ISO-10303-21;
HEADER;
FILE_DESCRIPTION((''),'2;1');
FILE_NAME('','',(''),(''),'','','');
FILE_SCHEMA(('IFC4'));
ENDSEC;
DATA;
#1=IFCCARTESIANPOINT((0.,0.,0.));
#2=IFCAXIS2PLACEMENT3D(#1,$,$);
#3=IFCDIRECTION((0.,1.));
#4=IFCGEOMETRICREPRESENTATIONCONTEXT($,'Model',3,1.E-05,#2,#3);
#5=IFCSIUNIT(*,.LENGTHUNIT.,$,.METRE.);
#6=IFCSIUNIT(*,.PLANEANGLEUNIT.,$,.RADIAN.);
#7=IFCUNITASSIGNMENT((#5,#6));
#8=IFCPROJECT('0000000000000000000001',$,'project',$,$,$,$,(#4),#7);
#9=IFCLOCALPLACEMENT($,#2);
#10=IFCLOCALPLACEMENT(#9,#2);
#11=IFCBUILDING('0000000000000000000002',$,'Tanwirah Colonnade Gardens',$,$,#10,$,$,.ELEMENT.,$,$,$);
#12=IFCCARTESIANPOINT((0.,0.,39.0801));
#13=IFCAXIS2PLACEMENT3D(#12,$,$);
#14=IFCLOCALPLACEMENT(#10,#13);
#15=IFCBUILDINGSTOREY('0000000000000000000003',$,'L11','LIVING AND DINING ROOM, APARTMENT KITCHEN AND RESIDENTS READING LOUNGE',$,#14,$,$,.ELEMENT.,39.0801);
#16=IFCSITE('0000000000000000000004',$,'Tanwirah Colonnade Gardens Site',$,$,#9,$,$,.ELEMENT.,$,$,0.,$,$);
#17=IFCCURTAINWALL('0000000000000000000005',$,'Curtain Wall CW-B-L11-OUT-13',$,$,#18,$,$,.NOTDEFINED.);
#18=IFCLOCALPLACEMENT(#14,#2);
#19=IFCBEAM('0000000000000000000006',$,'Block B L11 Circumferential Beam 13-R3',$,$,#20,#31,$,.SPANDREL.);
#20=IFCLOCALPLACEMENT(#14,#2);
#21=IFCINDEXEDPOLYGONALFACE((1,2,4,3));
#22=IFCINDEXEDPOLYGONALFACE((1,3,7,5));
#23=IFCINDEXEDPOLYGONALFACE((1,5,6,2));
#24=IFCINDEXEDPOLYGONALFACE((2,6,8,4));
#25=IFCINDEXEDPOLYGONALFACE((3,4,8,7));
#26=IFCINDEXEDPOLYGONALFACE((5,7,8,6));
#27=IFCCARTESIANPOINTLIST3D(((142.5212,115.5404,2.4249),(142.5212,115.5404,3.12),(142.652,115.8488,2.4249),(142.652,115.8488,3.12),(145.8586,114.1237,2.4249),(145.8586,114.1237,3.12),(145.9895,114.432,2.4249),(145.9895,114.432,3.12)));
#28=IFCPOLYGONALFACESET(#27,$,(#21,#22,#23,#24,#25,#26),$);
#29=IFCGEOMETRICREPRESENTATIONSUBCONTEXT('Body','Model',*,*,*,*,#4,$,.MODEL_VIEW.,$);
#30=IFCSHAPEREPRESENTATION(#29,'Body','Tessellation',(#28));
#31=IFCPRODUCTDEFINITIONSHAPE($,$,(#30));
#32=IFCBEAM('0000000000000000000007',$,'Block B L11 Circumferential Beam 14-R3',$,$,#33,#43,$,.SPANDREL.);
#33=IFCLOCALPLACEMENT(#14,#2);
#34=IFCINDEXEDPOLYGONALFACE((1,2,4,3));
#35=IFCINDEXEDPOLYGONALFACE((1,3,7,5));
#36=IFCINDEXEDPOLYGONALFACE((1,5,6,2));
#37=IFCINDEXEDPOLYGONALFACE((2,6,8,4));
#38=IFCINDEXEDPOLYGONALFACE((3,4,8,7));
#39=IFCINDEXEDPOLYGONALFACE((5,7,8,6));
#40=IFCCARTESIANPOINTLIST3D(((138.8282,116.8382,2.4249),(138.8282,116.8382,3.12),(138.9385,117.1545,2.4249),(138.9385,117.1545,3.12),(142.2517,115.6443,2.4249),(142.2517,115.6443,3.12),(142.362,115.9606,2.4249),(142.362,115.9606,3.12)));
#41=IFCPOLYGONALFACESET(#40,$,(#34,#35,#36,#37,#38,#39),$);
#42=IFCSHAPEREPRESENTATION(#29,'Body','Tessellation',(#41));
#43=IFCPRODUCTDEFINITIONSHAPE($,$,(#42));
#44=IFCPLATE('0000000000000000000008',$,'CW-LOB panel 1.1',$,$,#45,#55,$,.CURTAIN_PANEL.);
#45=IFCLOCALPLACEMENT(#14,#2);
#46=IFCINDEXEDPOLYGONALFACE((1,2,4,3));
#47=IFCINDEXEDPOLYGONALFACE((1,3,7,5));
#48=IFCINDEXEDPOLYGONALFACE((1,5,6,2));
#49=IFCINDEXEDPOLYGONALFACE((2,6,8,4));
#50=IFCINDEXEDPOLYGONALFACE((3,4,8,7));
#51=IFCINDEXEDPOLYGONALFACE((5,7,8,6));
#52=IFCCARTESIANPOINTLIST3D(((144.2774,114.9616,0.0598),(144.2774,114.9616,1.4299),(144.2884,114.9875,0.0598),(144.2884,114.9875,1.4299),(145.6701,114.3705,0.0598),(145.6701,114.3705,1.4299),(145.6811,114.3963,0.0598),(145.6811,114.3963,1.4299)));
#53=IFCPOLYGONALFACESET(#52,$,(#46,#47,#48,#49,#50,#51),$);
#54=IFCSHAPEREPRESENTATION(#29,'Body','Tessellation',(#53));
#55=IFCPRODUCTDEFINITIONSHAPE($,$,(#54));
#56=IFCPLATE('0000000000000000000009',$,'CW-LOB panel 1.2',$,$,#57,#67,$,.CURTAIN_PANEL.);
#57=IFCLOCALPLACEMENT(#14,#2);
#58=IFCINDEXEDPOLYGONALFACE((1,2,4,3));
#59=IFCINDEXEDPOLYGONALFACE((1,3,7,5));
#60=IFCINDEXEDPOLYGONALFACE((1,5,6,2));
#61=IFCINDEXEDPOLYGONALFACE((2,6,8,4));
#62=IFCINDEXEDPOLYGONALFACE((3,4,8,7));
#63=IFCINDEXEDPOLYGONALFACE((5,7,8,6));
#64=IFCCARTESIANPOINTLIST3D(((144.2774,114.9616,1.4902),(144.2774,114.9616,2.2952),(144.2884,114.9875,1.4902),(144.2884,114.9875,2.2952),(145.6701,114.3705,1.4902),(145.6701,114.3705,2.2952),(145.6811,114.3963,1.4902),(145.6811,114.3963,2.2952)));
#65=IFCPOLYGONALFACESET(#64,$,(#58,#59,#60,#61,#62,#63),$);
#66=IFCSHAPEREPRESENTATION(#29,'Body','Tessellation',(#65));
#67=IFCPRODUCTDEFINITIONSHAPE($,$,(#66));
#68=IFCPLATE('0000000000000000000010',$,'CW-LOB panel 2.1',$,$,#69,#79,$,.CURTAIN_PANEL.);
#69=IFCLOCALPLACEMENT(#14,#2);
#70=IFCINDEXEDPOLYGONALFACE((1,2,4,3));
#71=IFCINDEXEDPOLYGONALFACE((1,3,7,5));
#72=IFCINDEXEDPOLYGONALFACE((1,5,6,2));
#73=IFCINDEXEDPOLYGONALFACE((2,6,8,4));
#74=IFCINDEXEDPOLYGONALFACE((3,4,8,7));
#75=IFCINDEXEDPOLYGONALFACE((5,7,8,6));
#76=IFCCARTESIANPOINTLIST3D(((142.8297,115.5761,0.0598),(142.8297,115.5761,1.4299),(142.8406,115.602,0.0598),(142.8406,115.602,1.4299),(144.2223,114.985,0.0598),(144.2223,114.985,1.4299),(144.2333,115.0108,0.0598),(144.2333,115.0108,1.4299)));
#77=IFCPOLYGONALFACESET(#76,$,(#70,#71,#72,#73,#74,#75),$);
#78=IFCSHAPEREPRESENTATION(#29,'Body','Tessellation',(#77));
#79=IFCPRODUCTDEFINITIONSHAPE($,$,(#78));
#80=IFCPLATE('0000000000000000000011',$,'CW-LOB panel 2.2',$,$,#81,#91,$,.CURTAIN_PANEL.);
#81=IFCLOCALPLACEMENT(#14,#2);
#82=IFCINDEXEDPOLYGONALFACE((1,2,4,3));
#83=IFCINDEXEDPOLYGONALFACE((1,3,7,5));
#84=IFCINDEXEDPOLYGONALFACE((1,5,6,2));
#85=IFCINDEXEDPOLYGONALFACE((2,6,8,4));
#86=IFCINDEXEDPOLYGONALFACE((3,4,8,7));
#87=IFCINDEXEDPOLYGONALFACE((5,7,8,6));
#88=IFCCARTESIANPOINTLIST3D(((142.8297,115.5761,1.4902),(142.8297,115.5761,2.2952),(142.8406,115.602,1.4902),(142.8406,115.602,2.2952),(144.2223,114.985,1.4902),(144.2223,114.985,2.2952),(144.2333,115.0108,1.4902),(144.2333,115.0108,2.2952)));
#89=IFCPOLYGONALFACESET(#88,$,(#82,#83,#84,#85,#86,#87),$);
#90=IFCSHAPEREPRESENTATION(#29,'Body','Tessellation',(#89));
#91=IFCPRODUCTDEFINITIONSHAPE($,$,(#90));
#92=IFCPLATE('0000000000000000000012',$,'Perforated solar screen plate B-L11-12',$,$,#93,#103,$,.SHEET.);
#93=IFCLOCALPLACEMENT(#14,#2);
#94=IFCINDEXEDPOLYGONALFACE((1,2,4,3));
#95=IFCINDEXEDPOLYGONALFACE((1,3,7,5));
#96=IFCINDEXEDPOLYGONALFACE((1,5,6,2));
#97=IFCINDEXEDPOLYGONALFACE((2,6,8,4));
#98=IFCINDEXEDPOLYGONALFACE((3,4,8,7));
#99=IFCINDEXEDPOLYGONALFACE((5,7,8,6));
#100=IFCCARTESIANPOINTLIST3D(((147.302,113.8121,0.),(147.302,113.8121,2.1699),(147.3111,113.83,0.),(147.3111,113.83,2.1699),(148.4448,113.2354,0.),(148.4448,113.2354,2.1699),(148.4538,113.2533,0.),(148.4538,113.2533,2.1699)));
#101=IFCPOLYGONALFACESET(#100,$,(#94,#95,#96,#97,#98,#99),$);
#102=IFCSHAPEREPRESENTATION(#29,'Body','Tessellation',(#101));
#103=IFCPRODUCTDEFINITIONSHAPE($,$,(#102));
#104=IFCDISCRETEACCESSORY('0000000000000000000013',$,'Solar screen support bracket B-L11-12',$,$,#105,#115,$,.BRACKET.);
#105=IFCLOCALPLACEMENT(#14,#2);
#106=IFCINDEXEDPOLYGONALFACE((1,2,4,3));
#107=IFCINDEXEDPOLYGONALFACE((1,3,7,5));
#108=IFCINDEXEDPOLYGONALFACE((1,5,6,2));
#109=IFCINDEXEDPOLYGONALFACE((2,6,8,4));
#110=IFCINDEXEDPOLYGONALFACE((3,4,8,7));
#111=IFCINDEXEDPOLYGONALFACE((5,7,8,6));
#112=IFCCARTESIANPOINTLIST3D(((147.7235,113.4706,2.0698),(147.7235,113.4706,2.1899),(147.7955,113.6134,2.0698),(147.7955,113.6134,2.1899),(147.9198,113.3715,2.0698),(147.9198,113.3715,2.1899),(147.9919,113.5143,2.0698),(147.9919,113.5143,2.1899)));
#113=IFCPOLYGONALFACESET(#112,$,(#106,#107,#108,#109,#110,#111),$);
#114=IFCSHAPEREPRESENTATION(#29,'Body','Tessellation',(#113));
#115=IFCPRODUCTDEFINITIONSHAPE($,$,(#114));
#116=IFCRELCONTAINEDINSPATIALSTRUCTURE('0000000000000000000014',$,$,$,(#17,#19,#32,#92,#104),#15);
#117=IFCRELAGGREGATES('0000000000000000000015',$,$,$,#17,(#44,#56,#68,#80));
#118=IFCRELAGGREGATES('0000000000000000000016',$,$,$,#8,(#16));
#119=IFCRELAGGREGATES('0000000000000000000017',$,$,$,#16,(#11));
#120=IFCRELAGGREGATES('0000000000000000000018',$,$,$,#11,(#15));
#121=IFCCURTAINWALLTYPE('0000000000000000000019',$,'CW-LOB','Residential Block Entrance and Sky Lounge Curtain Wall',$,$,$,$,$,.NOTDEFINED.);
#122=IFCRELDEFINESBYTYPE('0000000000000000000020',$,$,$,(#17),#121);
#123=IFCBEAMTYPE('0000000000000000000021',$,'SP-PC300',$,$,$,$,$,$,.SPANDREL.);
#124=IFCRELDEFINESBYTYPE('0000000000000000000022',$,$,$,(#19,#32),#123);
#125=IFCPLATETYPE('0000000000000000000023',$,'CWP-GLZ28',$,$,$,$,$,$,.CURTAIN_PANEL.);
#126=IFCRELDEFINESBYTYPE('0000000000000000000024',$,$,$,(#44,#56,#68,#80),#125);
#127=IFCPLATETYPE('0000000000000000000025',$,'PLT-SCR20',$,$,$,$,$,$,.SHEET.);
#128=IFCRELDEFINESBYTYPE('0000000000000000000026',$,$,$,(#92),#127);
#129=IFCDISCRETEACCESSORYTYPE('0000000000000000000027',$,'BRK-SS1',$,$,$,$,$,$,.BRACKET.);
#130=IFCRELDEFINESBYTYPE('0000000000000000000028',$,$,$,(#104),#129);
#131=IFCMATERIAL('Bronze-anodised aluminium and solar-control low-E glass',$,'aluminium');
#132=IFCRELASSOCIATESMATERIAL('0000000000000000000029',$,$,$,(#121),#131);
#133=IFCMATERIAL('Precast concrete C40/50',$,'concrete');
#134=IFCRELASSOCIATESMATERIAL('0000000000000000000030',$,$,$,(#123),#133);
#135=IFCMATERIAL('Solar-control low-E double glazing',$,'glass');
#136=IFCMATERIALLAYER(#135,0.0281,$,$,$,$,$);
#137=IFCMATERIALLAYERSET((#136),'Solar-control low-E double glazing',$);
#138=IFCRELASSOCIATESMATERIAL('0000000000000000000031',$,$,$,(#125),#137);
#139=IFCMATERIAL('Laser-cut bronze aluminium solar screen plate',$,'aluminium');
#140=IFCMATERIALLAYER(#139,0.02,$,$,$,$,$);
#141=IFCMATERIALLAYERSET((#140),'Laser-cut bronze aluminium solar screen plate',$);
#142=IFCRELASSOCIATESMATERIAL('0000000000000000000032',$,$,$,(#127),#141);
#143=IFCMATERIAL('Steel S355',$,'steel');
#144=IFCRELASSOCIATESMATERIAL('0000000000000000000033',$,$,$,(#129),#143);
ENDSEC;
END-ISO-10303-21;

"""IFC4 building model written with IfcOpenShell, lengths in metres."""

from ifc_helpers import new_model, si_unit, direction, frame, origin, origin_2d, place, context, subcontext, project, spatial, rectangle, extrude, material, layer, layer_set, material_profile, profile_set, type_object, element, aggregate, save


model = new_model("IFC4")

# Units and contexts
model_context = context("Model", 3, precision=1e-05, world=origin(), true_north=direction((0.0, 1.0)))
body_context = subcontext(model_context, "Body", "Model", "MODEL_VIEW")
ifc_project = project(units=[si_unit("LENGTHUNIT", "METRE"), si_unit("PLANEANGLEUNIT", "RADIAN")], contexts=[model_context])

# Site, building, storey
site_placement = place(None, origin())
site = spatial("IfcSite", under=ifc_project, at=site_placement, Name="Tanwirah Colonnade Gardens Site", CompositionType="ELEMENT", RefElevation=0.0)
building_placement = place(site_placement, origin())
building = spatial("IfcBuilding", under=site, at=building_placement, Name="Tanwirah Colonnade Gardens", CompositionType="ELEMENT")
storey_placement = place(building_placement, frame((0.0, 0.0, 39.0801)))
storey = spatial("IfcBuildingStorey", under=building, at=storey_placement, Name="L11", Description="LIVING AND DINING ROOM, APARTMENT KITCHEN AND RESIDENTS READING LOUNGE", CompositionType="ELEMENT", Elevation=39.0801)

# Shared definitions
ifc_material_1 = material(Name="Precast concrete C40/50", Category="concrete")

# Curtain wall
ifc_material_2 = material(Name="Bronze-anodised aluminium and solar-control low-E glass", Category="aluminium")
curtain_wall_type = type_object("IfcCurtainWallType", Name="CW-LOB", Description="Residential Block Entrance and Sky Lounge Curtain Wall", PredefinedType="NOTDEFINED", material=ifc_material_2)
curtain_wall_placement = place(storey_placement, origin())
curtain_wall = element("IfcCurtainWall", 1, at=curtain_wall_placement, inside=storey, type_object=curtain_wall_type, Name="Curtain Wall CW-B-L11-OUT-13", PredefinedType="NOTDEFINED")

# Beams
ifc_material_profile_1 = material_profile(ifc_material_1, rectangle(XDim=0.335, YDim=0.6951, at=origin_2d()), Name="PC-SP 335x695")
ifc_profile_set_1 = profile_set([ifc_material_profile_1], Name="Precast concrete C40/50")
beam_type = type_object("IfcBeamType", Name="SP-PC300", PredefinedType="SPANDREL", material=ifc_profile_set_1)
for number, where, z_axis, x_axis, name in (
    (2, (145.9241, 114.2778, 2.7725), (-0.920494, 0.390756, 0.0), (-0.390756, -0.920494, 0.0), "Block B L11 Circumferential Beam 13-R3"),
    (3, (142.3069, 115.8025, 2.7725), (-0.944237, 0.329267, 0.0), (-0.329267, -0.944237, 0.0), "Block B L11 Circumferential Beam 14-R3"),
):
    element("IfcBeam", number, at=place(storey_placement, frame(where, z_axis=z_axis, x_axis=x_axis)), inside=storey, type_object=beam_type, Name=name, PredefinedType="SPANDREL", context=body_context, shape_type="SweptSolid", body=[
        extrude(rectangle(XDim=0.335, YDim=0.6951, at=origin_2d()), origin(), (0.0, 0.0, 1.0), 3.6257),
    ])

# Plates
ifc_material_3 = material(Name="Solar-control low-E double glazing", Category="glass")
ifc_layer_1 = layer(ifc_material_3, 0.0281)
ifc_layer_set_1 = layer_set([ifc_layer_1], Name="Solar-control low-E double glazing")
plate_type_1 = type_object("IfcPlateType", Name="CWP-GLZ28", PredefinedType="CURTAIN_PANEL", material=ifc_layer_set_1)
plate_1_placement = place(storey_placement, frame((144.9792, 114.679, 0.0598), z_axis=(0.0, 0.0, 1.0), x_axis=(-0.920505, 0.39073, 0.0)))
plate_1 = element("IfcPlate", 4, at=plate_1_placement, type_object=plate_type_1, Name="CW-LOB panel 1.1", PredefinedType="CURTAIN_PANEL", context=body_context, shape_type="SweptSolid", body=[
    extrude(rectangle(XDim=1.5129, YDim=0.0281, at=origin_2d()), origin(), (0.0, 0.0, 1.0), 1.3701),
])
plate_2_placement = place(storey_placement, frame((144.9792, 114.679, 1.4902), z_axis=(0.0, 0.0, 1.0), x_axis=(-0.920505, 0.39073, 0.0)))
plate_2 = element("IfcPlate", 5, at=plate_2_placement, type_object=plate_type_1, Name="CW-LOB panel 1.2", PredefinedType="CURTAIN_PANEL", context=body_context, shape_type="SweptSolid", body=[
    extrude(rectangle(XDim=1.5129, YDim=0.0281, at=origin_2d()), origin(), (0.0, 0.0, 1.0), 0.8049),
])
plate_3_placement = place(storey_placement, frame((143.5315, 115.2935, 0.0598), z_axis=(0.0, 0.0, 1.0), x_axis=(-0.920505, 0.39073, 0.0)))
plate_3 = element("IfcPlate", 6, at=plate_3_placement, type_object=plate_type_1, Name="CW-LOB panel 2.1", PredefinedType="CURTAIN_PANEL", context=body_context, shape_type="SweptSolid", body=[
    extrude(rectangle(XDim=1.5129, YDim=0.0281, at=origin_2d()), origin(), (0.0, 0.0, 1.0), 1.3701),
])
plate_4_placement = place(storey_placement, frame((143.5315, 115.2935, 1.4902), z_axis=(0.0, 0.0, 1.0), x_axis=(-0.920505, 0.39073, 0.0)))
plate_4 = element("IfcPlate", 7, at=plate_4_placement, type_object=plate_type_1, Name="CW-LOB panel 2.2", PredefinedType="CURTAIN_PANEL", context=body_context, shape_type="SweptSolid", body=[
    extrude(rectangle(XDim=1.5129, YDim=0.0281, at=origin_2d()), origin(), (0.0, 0.0, 1.0), 0.8049),
])
aggregate(curtain_wall, [plate_1, plate_2, plate_3, plate_4])
ifc_material_4 = material(Name="Laser-cut bronze aluminium solar screen plate", Category="aluminium")
ifc_layer_2 = layer(ifc_material_4, 0.02)
ifc_layer_set_2 = layer_set([ifc_layer_2], Name="Laser-cut bronze aluminium solar screen plate")
plate_type_2 = type_object("IfcPlateType", Name="PLT-SCR20", PredefinedType="SHEET", material=ifc_layer_set_2)
plate_5_placement = place(storey_placement, frame((147.8779, 113.5327, 0.0), z_axis=(0.0, 0.0, 1.0), x_axis=(-0.892761, 0.450531, 0.0)))
element("IfcPlate", 8, at=plate_5_placement, inside=storey, type_object=plate_type_2, Name="Perforated solar screen plate B-L11-12", PredefinedType="SHEET", context=body_context, shape_type="SweptSolid", body=[
    extrude(rectangle(XDim=1.28, YDim=0.02, at=origin_2d()), origin(), (0.0, 0.0, 1.0), 2.1699),
])

# Discrete accessory
ifc_material_5 = material(Name="Steel S355", Category="steel")
discrete_accessory_type = type_object("IfcDiscreteAccessoryType", Name="BRK-SS1", PredefinedType="BRACKET", material=ifc_material_5)
discrete_accessory_placement = place(storey_placement, frame((147.8577, 113.4924, 2.0698), z_axis=(0.0, 0.0, 1.0), x_axis=(-0.892761, 0.450531, 0.0)))
element("IfcDiscreteAccessory", 9, at=discrete_accessory_placement, inside=storey, type_object=discrete_accessory_type, Name="Solar screen support bracket B-L11-12", PredefinedType="BRACKET", context=body_context, shape_type="SweptSolid", body=[
    extrude(rectangle(XDim=0.22, YDim=0.1599, at=origin_2d()), origin(), (0.0, 0.0, 1.0), 0.1201),
])

save(model, "model.ifc")
